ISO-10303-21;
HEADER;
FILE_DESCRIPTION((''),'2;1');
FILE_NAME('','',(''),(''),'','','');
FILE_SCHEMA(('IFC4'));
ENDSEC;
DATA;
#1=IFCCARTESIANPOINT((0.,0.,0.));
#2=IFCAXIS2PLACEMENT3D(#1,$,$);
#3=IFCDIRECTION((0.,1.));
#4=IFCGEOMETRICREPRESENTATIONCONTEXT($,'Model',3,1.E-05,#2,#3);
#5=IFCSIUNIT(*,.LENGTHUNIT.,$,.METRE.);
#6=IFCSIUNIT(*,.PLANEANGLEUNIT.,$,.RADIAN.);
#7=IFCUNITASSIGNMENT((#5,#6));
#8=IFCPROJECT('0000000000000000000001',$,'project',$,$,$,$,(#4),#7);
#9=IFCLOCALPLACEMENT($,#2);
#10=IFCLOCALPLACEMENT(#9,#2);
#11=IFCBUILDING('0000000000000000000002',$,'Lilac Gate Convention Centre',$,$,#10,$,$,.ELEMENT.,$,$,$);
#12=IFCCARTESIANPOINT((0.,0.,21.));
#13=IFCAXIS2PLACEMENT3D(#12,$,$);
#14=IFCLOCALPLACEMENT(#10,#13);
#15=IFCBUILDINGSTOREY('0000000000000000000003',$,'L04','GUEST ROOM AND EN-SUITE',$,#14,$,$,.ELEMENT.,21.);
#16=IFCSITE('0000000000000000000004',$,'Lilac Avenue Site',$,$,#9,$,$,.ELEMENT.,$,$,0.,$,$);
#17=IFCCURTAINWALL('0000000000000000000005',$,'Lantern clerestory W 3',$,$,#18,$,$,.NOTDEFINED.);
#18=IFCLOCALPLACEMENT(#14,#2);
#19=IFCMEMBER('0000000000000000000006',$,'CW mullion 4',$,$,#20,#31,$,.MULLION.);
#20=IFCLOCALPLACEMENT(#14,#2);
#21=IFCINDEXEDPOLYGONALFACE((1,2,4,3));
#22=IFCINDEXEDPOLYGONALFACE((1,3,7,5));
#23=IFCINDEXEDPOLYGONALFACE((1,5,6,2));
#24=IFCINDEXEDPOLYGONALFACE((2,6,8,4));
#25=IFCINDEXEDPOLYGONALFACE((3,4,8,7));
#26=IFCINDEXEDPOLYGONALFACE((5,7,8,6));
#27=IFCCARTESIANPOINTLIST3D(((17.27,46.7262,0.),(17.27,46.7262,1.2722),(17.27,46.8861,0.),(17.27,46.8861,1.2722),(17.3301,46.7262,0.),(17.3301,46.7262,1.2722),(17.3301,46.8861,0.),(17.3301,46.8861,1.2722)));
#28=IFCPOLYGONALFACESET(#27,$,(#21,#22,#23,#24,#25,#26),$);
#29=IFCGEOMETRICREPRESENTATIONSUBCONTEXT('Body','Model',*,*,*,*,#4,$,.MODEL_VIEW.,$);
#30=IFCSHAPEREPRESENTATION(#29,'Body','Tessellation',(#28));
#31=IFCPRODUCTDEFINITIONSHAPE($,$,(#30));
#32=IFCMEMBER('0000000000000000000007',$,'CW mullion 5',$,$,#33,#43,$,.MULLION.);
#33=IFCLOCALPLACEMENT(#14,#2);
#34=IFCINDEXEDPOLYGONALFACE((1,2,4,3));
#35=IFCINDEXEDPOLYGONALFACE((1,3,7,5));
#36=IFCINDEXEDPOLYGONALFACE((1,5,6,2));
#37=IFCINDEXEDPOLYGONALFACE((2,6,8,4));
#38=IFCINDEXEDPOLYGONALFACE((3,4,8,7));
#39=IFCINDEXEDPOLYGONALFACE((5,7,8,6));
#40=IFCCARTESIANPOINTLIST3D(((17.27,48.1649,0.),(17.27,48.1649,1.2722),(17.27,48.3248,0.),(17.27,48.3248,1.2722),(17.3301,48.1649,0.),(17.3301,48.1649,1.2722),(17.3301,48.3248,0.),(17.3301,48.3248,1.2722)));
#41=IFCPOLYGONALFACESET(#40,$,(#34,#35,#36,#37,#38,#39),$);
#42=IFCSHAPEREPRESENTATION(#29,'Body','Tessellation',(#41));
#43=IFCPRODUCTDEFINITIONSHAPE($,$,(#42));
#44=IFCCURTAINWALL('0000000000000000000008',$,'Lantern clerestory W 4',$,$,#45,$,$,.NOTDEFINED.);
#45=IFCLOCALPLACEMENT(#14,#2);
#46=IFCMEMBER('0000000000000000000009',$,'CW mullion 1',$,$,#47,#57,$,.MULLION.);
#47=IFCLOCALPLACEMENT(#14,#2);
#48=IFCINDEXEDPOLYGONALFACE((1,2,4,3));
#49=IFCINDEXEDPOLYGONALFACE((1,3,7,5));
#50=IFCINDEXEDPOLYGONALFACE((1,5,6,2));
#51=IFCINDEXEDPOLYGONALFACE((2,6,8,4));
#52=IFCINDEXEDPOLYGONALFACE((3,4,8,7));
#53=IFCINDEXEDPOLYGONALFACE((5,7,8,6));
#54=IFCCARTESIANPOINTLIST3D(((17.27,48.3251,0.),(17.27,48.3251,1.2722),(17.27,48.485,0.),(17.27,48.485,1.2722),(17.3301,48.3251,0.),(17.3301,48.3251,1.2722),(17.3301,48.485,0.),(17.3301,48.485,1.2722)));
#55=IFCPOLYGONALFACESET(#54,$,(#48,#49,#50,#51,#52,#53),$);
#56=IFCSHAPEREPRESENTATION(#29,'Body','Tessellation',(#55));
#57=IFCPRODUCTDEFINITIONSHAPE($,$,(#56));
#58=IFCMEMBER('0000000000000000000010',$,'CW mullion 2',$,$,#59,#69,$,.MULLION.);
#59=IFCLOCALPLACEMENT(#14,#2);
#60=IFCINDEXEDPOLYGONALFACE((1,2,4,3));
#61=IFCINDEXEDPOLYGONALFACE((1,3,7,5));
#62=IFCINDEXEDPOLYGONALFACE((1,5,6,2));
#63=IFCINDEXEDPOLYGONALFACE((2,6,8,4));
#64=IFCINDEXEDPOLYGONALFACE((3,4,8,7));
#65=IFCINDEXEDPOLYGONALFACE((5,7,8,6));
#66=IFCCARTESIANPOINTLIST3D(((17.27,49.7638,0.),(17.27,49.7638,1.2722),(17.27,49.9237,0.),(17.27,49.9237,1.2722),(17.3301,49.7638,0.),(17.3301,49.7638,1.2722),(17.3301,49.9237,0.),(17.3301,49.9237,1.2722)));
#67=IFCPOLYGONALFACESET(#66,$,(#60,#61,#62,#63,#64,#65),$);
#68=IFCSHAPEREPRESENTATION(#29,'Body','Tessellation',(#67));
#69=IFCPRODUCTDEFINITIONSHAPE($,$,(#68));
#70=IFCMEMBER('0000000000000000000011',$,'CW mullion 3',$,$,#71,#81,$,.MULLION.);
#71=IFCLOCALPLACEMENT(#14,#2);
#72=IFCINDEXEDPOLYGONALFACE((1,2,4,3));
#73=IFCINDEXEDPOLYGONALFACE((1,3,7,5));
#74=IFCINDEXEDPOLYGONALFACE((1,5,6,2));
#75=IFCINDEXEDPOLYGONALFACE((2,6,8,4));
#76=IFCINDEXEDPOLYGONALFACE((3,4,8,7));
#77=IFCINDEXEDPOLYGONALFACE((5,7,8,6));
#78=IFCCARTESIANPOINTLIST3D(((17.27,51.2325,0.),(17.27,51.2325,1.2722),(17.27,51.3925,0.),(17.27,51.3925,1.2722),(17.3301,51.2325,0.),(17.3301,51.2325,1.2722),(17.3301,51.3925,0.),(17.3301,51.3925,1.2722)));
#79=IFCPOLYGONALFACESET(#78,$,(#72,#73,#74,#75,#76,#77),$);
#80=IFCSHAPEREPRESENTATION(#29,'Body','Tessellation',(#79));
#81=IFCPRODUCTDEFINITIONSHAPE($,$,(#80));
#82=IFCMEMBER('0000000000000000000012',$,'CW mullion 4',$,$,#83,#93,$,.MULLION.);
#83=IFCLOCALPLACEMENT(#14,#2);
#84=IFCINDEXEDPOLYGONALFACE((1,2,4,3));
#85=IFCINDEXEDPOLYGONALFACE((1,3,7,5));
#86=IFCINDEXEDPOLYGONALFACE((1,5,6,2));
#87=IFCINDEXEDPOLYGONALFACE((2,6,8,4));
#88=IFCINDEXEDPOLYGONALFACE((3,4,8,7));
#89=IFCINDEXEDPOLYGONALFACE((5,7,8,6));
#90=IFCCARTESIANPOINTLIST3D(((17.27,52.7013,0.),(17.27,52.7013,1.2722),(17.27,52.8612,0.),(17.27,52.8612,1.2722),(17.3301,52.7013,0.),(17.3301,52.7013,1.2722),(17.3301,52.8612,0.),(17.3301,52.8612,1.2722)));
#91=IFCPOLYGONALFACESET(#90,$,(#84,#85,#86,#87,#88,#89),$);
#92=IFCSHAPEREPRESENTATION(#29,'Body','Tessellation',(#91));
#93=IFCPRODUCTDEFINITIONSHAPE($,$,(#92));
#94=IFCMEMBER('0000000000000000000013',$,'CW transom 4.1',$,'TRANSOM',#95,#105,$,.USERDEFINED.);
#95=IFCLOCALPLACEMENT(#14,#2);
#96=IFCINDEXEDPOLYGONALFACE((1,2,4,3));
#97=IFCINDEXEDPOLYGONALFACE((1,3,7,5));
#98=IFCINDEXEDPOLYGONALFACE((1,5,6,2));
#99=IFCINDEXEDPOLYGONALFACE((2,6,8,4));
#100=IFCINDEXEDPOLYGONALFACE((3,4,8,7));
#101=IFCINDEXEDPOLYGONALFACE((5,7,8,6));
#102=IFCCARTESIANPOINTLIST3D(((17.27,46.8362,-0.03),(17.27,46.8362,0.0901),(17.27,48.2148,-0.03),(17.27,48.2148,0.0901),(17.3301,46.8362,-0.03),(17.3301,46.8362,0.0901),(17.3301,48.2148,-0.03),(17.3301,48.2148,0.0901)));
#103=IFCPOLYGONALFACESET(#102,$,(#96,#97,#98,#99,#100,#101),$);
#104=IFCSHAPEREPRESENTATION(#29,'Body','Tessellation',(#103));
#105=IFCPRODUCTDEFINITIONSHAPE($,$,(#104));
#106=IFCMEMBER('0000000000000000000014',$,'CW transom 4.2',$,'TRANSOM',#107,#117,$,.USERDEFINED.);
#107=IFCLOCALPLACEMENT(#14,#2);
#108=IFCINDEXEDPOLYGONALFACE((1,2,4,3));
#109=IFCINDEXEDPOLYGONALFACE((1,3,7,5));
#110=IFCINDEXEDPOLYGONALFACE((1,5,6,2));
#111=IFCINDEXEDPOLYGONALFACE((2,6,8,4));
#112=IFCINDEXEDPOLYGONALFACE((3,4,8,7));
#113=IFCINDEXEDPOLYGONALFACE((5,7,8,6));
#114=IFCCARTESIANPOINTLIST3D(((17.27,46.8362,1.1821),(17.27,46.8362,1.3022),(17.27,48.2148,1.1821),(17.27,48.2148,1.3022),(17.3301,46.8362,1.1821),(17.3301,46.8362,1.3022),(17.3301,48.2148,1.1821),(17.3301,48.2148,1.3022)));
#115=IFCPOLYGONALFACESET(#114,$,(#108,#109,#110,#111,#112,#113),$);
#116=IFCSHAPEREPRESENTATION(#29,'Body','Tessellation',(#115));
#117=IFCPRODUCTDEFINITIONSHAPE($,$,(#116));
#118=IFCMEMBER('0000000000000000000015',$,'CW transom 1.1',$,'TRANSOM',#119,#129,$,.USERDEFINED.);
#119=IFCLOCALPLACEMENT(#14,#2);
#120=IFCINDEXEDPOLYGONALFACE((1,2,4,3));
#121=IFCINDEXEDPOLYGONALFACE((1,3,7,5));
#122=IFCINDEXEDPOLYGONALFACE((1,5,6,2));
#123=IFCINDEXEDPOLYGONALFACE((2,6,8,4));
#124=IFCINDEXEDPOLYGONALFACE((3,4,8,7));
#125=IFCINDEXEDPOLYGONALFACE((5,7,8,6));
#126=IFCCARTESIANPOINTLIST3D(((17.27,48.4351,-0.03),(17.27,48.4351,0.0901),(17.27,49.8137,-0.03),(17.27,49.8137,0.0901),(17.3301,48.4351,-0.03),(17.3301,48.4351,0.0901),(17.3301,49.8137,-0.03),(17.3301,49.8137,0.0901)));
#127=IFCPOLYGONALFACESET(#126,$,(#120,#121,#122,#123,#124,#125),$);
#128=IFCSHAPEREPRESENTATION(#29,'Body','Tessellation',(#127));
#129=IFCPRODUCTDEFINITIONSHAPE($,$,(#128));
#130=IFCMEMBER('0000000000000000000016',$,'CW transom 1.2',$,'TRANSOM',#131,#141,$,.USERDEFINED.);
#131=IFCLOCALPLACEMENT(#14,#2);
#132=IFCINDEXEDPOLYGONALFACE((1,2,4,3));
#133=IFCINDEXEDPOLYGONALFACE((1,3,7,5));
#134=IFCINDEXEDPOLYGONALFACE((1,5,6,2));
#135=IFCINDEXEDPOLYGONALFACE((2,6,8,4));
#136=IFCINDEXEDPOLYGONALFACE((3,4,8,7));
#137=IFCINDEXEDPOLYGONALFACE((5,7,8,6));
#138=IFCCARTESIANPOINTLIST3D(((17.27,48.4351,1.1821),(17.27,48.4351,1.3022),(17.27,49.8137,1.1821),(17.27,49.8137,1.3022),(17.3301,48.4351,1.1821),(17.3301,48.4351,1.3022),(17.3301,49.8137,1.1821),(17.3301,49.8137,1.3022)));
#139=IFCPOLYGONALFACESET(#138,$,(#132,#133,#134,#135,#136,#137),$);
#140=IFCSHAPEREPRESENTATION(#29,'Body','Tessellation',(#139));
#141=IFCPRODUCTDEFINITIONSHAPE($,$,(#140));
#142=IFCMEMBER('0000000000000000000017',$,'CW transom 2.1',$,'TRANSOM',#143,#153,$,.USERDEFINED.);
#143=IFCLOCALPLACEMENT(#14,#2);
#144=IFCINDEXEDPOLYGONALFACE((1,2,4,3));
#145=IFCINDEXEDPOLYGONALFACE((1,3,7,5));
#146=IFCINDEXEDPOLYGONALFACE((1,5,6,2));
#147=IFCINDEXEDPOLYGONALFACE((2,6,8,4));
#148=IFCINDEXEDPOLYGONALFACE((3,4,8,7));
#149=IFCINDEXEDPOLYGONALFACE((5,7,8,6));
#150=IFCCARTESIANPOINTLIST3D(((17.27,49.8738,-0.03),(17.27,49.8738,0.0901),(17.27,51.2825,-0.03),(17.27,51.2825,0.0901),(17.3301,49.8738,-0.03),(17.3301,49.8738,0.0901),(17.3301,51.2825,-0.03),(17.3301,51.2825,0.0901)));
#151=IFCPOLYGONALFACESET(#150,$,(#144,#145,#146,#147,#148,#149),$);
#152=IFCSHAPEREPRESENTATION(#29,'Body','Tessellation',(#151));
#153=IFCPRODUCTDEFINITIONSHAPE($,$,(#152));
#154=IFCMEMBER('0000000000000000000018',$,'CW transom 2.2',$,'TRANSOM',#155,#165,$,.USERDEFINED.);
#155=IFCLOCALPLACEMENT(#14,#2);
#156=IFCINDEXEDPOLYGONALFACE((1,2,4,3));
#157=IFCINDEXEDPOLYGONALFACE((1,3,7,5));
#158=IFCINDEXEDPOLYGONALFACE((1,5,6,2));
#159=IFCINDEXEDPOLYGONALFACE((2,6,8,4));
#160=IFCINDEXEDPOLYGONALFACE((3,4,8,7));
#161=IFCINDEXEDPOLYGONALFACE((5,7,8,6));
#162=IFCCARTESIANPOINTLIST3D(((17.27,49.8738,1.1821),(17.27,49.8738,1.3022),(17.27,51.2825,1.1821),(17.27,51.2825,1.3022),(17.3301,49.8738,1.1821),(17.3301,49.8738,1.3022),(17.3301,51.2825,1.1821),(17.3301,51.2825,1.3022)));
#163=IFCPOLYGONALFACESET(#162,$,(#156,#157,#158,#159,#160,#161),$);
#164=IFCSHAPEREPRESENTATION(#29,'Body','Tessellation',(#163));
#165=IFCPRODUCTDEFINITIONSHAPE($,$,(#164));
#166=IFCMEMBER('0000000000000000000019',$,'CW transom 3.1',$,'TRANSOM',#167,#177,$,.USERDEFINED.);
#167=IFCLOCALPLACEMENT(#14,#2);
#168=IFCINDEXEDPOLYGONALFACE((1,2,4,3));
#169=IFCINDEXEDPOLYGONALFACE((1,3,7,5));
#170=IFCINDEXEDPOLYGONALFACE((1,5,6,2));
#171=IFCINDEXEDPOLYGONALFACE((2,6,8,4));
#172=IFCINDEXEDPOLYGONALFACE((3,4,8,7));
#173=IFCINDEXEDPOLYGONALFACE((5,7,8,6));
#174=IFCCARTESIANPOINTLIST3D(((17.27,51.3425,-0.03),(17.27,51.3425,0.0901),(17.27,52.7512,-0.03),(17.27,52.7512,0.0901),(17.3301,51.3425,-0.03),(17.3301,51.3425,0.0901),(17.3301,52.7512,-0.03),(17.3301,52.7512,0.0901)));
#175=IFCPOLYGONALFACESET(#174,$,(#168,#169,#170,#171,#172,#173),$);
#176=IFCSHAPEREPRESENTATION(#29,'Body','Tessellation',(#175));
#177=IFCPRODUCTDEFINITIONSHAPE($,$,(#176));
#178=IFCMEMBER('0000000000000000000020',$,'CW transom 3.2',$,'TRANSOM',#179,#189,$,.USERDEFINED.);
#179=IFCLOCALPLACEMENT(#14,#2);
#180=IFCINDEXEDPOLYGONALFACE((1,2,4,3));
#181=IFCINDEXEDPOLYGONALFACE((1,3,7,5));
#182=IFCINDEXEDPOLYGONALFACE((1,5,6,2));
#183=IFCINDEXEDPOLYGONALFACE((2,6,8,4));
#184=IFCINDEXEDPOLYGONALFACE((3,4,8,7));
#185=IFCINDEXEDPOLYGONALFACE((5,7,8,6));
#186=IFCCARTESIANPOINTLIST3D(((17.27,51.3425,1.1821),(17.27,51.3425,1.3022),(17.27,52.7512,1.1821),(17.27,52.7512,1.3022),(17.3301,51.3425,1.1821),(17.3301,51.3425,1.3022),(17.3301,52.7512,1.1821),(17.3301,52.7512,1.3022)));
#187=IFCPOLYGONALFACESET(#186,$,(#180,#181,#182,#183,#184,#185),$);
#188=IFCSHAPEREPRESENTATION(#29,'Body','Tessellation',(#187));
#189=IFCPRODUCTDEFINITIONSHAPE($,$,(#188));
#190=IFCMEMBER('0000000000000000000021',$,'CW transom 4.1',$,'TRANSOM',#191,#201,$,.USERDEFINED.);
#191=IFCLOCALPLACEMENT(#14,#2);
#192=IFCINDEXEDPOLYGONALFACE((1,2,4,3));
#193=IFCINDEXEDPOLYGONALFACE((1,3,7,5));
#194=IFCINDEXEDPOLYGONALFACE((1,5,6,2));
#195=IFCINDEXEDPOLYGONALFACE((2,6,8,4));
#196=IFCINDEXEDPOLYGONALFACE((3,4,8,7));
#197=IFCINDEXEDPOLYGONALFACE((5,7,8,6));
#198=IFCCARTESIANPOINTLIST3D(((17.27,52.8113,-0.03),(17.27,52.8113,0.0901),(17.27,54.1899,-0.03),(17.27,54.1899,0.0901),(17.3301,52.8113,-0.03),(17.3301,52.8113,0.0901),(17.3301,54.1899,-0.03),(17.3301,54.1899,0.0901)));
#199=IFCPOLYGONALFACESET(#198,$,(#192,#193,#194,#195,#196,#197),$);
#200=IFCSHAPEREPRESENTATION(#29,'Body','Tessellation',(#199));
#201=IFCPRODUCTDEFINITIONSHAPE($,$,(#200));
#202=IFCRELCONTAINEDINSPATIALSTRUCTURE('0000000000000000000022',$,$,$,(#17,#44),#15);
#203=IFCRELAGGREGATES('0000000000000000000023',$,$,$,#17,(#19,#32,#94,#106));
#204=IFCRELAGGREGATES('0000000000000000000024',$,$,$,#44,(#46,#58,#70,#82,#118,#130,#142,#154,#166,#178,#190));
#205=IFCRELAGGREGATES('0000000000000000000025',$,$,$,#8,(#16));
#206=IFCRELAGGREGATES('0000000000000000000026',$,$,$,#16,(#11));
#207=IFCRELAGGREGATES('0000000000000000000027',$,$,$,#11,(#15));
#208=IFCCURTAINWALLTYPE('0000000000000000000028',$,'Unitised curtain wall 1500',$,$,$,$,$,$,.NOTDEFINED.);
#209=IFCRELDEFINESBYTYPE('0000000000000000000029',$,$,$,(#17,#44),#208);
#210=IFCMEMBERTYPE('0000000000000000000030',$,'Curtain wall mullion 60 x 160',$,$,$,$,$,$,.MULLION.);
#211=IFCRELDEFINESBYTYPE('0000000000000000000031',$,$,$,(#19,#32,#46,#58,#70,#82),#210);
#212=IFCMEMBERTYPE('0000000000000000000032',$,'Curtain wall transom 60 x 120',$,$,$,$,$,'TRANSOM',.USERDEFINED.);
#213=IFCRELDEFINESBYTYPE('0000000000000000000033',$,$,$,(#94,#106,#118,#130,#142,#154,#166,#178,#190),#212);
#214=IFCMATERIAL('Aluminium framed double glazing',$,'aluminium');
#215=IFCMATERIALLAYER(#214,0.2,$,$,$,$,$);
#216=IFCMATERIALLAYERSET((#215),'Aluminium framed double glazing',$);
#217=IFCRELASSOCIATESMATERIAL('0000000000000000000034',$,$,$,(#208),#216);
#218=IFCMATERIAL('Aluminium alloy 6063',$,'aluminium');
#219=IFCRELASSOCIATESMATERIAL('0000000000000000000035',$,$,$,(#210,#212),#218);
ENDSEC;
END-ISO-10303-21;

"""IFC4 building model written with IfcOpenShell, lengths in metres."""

from ifc_helpers import new_model, si_unit, direction, frame, origin, origin_2d, place, context, subcontext, project, spatial, rectangle, extrude, material, layer, layer_set, material_profile, profile_set, type_object, element, aggregate, save


model = new_model("IFC4")

# Units and contexts
model_context = context("Model", 3, precision=1e-05, world=origin(), true_north=direction((0.0, 1.0)))
body_context = subcontext(model_context, "Body", "Model", "MODEL_VIEW")
ifc_project = project(units=[si_unit("LENGTHUNIT", "METRE"), si_unit("PLANEANGLEUNIT", "RADIAN")], contexts=[model_context])

# Site, building, storey
site_placement = place(None, origin())
site = spatial("IfcSite", under=ifc_project, at=site_placement, Name="Lilac Avenue Site", CompositionType="ELEMENT", RefElevation=0.0)
building_placement = place(site_placement, origin())
building = spatial("IfcBuilding", under=site, at=building_placement, Name="Lilac Gate Convention Centre", CompositionType="ELEMENT")
storey_placement = place(building_placement, frame((0.0, 0.0, 21.0)))
storey = spatial("IfcBuildingStorey", under=building, at=storey_placement, Name="L04", Description="GUEST ROOM AND EN-SUITE", CompositionType="ELEMENT", Elevation=21.0)

# Curtain walls, members
ifc_material_1 = material(Name="Aluminium framed double glazing", Category="aluminium")
ifc_layer_1 = layer(ifc_material_1, 0.2)
ifc_layer_set_1 = layer_set([ifc_layer_1], Name="Aluminium framed double glazing")
curtain_wall_type = type_object("IfcCurtainWallType", Name="Unitised curtain wall 1500", PredefinedType="NOTDEFINED", material=ifc_layer_set_1)
curtain_wall_1_placement = place(storey_placement, origin())
curtain_wall_1 = element("IfcCurtainWall", 1, at=curtain_wall_1_placement, inside=storey, type_object=curtain_wall_type, Name="Lantern clerestory W 3", PredefinedType="NOTDEFINED")
ifc_material_2 = material(Name="Aluminium alloy 6063", Category="aluminium")
ifc_material_profile_1 = material_profile(ifc_material_2, rectangle(XDim=0.0601, YDim=0.1599, at=origin_2d()), Name="Curtain wall mullion 60 x 160")
ifc_profile_set_1 = profile_set([ifc_material_profile_1], Name="Aluminium alloy 6063")
member_type_1 = type_object("IfcMemberType", Name="Curtain wall mullion 60 x 160", PredefinedType="MULLION", material=ifc_profile_set_1)
member_1_placement = place(storey_placement, frame((17.3, 46.8062, 0.0), z_axis=(0.0, 0.0, 1.0), x_axis=(-1.0, 0.0, 0.0)))
member_1 = element("IfcMember", 2, at=member_1_placement, type_object=member_type_1, Name="CW mullion 4", PredefinedType="MULLION", context=body_context, shape_type="SweptSolid", body=[
    extrude(rectangle(XDim=0.0601, YDim=0.1599, at=origin_2d()), origin(), (0.0, 0.0, 1.0), 1.2722),
])
member_2_placement = place(storey_placement, frame((17.3, 48.2449, 0.0), z_axis=(0.0, 0.0, 1.0), x_axis=(-1.0, 0.0, 0.0)))
member_2 = element("IfcMember", 3, at=member_2_placement, type_object=member_type_1, Name="CW mullion 5", PredefinedType="MULLION", context=body_context, shape_type="SweptSolid", body=[
    extrude(rectangle(XDim=0.0601, YDim=0.1599, at=origin_2d()), origin(), (0.0, 0.0, 1.0), 1.2722),
])
curtain_wall_2_placement = place(storey_placement, origin())
curtain_wall_2 = element("IfcCurtainWall", 4, at=curtain_wall_2_placement, inside=storey, type_object=curtain_wall_type, Name="Lantern clerestory W 4", PredefinedType="NOTDEFINED")
member_3_placement = place(storey_placement, frame((17.3, 48.405, 0.0), z_axis=(0.0, 0.0, 1.0), x_axis=(-1.0, 0.0, 0.0)))
member_3 = element("IfcMember", 5, at=member_3_placement, type_object=member_type_1, Name="CW mullion 1", PredefinedType="MULLION", context=body_context, shape_type="SweptSolid", body=[
    extrude(rectangle(XDim=0.0601, YDim=0.1599, at=origin_2d()), origin(), (0.0, 0.0, 1.0), 1.2722),
])
member_4_placement = place(storey_placement, frame((17.3, 49.8438, 0.0), z_axis=(0.0, 0.0, 1.0), x_axis=(-1.0, 0.0, 0.0)))
member_4 = element("IfcMember", 6, at=member_4_placement, type_object=member_type_1, Name="CW mullion 2", PredefinedType="MULLION", context=body_context, shape_type="SweptSolid", body=[
    extrude(rectangle(XDim=0.0601, YDim=0.1599, at=origin_2d()), origin(), (0.0, 0.0, 1.0), 1.2722),
])
member_5_placement = place(storey_placement, frame((17.3, 51.3125, 0.0), z_axis=(0.0, 0.0, 1.0), x_axis=(-1.0, 0.0, 0.0)))
member_5 = element("IfcMember", 7, at=member_5_placement, type_object=member_type_1, Name="CW mullion 3", PredefinedType="MULLION", context=body_context, shape_type="SweptSolid", body=[
    extrude(rectangle(XDim=0.0601, YDim=0.1599, at=origin_2d()), origin(), (0.0, 0.0, 1.0), 1.2722),
])
member_6_placement = place(storey_placement, frame((17.3, 52.7812, 0.0), z_axis=(0.0, 0.0, 1.0), x_axis=(-1.0, 0.0, 0.0)))
member_6 = element("IfcMember", 8, at=member_6_placement, type_object=member_type_1, Name="CW mullion 4", PredefinedType="MULLION", context=body_context, shape_type="SweptSolid", body=[
    extrude(rectangle(XDim=0.0601, YDim=0.1599, at=origin_2d()), origin(), (0.0, 0.0, 1.0), 1.2722),
])

# Members
ifc_material_profile_2 = material_profile(ifc_material_2, rectangle(XDim=0.0601, YDim=0.1201, at=origin_2d()), Name="Curtain wall transom 60 x 120")
ifc_profile_set_2 = profile_set([ifc_material_profile_2], Name="Aluminium alloy 6063")
member_type_2 = type_object("IfcMemberType", Name="Curtain wall transom 60 x 120", ElementType="TRANSOM", PredefinedType="USERDEFINED", material=ifc_profile_set_2)
member_7_placement = place(storey_placement, frame((17.3, 46.8362, 0.03), z_axis=(0.0, 1.0, 0.0), x_axis=(-1.0, 0.0, 0.0)))
member_7 = element("IfcMember", 9, at=member_7_placement, type_object=member_type_2, Name="CW transom 4.1", ObjectType="TRANSOM", PredefinedType="USERDEFINED", context=body_context, shape_type="SweptSolid", body=[
    extrude(rectangle(XDim=0.0601, YDim=0.1201, at=origin_2d()), origin(), (0.0, 0.0, 1.0), 1.3787),
])
member_8_placement = place(storey_placement, frame((17.3, 46.8362, 1.2422), z_axis=(0.0, 1.0, 0.0), x_axis=(-1.0, 0.0, 0.0)))
member_8 = element("IfcMember", 10, at=member_8_placement, type_object=member_type_2, Name="CW transom 4.2", ObjectType="TRANSOM", PredefinedType="USERDEFINED", context=body_context, shape_type="SweptSolid", body=[
    extrude(rectangle(XDim=0.0601, YDim=0.1201, at=origin_2d()), origin(), (0.0, 0.0, 1.0), 1.3787),
])
member_9_placement = place(storey_placement, frame((17.3, 48.4351, 0.03), z_axis=(0.0, 1.0, 0.0), x_axis=(-1.0, 0.0, 0.0)))
member_9 = element("IfcMember", 11, at=member_9_placement, type_object=member_type_2, Name="CW transom 1.1", ObjectType="TRANSOM", PredefinedType="USERDEFINED", context=body_context, shape_type="SweptSolid", body=[
    extrude(rectangle(XDim=0.0601, YDim=0.1201, at=origin_2d()), origin(), (0.0, 0.0, 1.0), 1.3787),
])
member_10_placement = place(storey_placement, frame((17.3, 48.4351, 1.2422), z_axis=(0.0, 1.0, 0.0), x_axis=(-1.0, 0.0, 0.0)))
member_10 = element("IfcMember", 12, at=member_10_placement, type_object=member_type_2, Name="CW transom 1.2", ObjectType="TRANSOM", PredefinedType="USERDEFINED", context=body_context, shape_type="SweptSolid", body=[
    extrude(rectangle(XDim=0.0601, YDim=0.1201, at=origin_2d()), origin(), (0.0, 0.0, 1.0), 1.3787),
])
member_11_placement = place(storey_placement, frame((17.3, 49.8738, 0.03), z_axis=(0.0, 1.0, 0.0), x_axis=(-1.0, 0.0, 0.0)))
member_11 = element("IfcMember", 13, at=member_11_placement, type_object=member_type_2, Name="CW transom 2.1", ObjectType="TRANSOM", PredefinedType="USERDEFINED", context=body_context, shape_type="SweptSolid", body=[
    extrude(rectangle(XDim=0.0601, YDim=0.1201, at=origin_2d()), origin(), (0.0, 0.0, 1.0), 1.4087),
])
member_12_placement = place(storey_placement, frame((17.3, 49.8738, 1.2422), z_axis=(0.0, 1.0, 0.0), x_axis=(-1.0, 0.0, 0.0)))
member_12 = element("IfcMember", 14, at=member_12_placement, type_object=member_type_2, Name="CW transom 2.2", ObjectType="TRANSOM", PredefinedType="USERDEFINED", context=body_context, shape_type="SweptSolid", body=[
    extrude(rectangle(XDim=0.0601, YDim=0.1201, at=origin_2d()), origin(), (0.0, 0.0, 1.0), 1.4087),
])
member_13_placement = place(storey_placement, frame((17.3, 51.3425, 0.03), z_axis=(0.0, 1.0, 0.0), x_axis=(-1.0, 0.0, 0.0)))
member_13 = element("IfcMember", 15, at=member_13_placement, type_object=member_type_2, Name="CW transom 3.1", ObjectType="TRANSOM", PredefinedType="USERDEFINED", context=body_context, shape_type="SweptSolid", body=[
    extrude(rectangle(XDim=0.0601, YDim=0.1201, at=origin_2d()), origin(), (0.0, 0.0, 1.0), 1.4087),
])
member_14_placement = place(storey_placement, frame((17.3, 51.3425, 1.2422), z_axis=(0.0, 1.0, 0.0), x_axis=(-1.0, 0.0, 0.0)))
member_14 = element("IfcMember", 16, at=member_14_placement, type_object=member_type_2, Name="CW transom 3.2", ObjectType="TRANSOM", PredefinedType="USERDEFINED", context=body_context, shape_type="SweptSolid", body=[
    extrude(rectangle(XDim=0.0601, YDim=0.1201, at=origin_2d()), origin(), (0.0, 0.0, 1.0), 1.4087),
])
member_15_placement = place(storey_placement, frame((17.3, 52.8113, 0.03), z_axis=(0.0, 1.0, 0.0), x_axis=(-1.0, 0.0, 0.0)))
member_15 = element("IfcMember", 17, at=member_15_placement, type_object=member_type_2, Name="CW transom 4.1", ObjectType="TRANSOM", PredefinedType="USERDEFINED", context=body_context, shape_type="SweptSolid", body=[
    extrude(rectangle(XDim=0.0601, YDim=0.1201, at=origin_2d()), origin(), (0.0, 0.0, 1.0), 1.3787),
])

aggregate(curtain_wall_1, [member_1, member_2, member_7, member_8])
aggregate(curtain_wall_2, [member_3, member_4, member_5, member_6, member_9, member_10, member_11, member_12, member_13, member_14, member_15])

save(model, "model.ifc")
